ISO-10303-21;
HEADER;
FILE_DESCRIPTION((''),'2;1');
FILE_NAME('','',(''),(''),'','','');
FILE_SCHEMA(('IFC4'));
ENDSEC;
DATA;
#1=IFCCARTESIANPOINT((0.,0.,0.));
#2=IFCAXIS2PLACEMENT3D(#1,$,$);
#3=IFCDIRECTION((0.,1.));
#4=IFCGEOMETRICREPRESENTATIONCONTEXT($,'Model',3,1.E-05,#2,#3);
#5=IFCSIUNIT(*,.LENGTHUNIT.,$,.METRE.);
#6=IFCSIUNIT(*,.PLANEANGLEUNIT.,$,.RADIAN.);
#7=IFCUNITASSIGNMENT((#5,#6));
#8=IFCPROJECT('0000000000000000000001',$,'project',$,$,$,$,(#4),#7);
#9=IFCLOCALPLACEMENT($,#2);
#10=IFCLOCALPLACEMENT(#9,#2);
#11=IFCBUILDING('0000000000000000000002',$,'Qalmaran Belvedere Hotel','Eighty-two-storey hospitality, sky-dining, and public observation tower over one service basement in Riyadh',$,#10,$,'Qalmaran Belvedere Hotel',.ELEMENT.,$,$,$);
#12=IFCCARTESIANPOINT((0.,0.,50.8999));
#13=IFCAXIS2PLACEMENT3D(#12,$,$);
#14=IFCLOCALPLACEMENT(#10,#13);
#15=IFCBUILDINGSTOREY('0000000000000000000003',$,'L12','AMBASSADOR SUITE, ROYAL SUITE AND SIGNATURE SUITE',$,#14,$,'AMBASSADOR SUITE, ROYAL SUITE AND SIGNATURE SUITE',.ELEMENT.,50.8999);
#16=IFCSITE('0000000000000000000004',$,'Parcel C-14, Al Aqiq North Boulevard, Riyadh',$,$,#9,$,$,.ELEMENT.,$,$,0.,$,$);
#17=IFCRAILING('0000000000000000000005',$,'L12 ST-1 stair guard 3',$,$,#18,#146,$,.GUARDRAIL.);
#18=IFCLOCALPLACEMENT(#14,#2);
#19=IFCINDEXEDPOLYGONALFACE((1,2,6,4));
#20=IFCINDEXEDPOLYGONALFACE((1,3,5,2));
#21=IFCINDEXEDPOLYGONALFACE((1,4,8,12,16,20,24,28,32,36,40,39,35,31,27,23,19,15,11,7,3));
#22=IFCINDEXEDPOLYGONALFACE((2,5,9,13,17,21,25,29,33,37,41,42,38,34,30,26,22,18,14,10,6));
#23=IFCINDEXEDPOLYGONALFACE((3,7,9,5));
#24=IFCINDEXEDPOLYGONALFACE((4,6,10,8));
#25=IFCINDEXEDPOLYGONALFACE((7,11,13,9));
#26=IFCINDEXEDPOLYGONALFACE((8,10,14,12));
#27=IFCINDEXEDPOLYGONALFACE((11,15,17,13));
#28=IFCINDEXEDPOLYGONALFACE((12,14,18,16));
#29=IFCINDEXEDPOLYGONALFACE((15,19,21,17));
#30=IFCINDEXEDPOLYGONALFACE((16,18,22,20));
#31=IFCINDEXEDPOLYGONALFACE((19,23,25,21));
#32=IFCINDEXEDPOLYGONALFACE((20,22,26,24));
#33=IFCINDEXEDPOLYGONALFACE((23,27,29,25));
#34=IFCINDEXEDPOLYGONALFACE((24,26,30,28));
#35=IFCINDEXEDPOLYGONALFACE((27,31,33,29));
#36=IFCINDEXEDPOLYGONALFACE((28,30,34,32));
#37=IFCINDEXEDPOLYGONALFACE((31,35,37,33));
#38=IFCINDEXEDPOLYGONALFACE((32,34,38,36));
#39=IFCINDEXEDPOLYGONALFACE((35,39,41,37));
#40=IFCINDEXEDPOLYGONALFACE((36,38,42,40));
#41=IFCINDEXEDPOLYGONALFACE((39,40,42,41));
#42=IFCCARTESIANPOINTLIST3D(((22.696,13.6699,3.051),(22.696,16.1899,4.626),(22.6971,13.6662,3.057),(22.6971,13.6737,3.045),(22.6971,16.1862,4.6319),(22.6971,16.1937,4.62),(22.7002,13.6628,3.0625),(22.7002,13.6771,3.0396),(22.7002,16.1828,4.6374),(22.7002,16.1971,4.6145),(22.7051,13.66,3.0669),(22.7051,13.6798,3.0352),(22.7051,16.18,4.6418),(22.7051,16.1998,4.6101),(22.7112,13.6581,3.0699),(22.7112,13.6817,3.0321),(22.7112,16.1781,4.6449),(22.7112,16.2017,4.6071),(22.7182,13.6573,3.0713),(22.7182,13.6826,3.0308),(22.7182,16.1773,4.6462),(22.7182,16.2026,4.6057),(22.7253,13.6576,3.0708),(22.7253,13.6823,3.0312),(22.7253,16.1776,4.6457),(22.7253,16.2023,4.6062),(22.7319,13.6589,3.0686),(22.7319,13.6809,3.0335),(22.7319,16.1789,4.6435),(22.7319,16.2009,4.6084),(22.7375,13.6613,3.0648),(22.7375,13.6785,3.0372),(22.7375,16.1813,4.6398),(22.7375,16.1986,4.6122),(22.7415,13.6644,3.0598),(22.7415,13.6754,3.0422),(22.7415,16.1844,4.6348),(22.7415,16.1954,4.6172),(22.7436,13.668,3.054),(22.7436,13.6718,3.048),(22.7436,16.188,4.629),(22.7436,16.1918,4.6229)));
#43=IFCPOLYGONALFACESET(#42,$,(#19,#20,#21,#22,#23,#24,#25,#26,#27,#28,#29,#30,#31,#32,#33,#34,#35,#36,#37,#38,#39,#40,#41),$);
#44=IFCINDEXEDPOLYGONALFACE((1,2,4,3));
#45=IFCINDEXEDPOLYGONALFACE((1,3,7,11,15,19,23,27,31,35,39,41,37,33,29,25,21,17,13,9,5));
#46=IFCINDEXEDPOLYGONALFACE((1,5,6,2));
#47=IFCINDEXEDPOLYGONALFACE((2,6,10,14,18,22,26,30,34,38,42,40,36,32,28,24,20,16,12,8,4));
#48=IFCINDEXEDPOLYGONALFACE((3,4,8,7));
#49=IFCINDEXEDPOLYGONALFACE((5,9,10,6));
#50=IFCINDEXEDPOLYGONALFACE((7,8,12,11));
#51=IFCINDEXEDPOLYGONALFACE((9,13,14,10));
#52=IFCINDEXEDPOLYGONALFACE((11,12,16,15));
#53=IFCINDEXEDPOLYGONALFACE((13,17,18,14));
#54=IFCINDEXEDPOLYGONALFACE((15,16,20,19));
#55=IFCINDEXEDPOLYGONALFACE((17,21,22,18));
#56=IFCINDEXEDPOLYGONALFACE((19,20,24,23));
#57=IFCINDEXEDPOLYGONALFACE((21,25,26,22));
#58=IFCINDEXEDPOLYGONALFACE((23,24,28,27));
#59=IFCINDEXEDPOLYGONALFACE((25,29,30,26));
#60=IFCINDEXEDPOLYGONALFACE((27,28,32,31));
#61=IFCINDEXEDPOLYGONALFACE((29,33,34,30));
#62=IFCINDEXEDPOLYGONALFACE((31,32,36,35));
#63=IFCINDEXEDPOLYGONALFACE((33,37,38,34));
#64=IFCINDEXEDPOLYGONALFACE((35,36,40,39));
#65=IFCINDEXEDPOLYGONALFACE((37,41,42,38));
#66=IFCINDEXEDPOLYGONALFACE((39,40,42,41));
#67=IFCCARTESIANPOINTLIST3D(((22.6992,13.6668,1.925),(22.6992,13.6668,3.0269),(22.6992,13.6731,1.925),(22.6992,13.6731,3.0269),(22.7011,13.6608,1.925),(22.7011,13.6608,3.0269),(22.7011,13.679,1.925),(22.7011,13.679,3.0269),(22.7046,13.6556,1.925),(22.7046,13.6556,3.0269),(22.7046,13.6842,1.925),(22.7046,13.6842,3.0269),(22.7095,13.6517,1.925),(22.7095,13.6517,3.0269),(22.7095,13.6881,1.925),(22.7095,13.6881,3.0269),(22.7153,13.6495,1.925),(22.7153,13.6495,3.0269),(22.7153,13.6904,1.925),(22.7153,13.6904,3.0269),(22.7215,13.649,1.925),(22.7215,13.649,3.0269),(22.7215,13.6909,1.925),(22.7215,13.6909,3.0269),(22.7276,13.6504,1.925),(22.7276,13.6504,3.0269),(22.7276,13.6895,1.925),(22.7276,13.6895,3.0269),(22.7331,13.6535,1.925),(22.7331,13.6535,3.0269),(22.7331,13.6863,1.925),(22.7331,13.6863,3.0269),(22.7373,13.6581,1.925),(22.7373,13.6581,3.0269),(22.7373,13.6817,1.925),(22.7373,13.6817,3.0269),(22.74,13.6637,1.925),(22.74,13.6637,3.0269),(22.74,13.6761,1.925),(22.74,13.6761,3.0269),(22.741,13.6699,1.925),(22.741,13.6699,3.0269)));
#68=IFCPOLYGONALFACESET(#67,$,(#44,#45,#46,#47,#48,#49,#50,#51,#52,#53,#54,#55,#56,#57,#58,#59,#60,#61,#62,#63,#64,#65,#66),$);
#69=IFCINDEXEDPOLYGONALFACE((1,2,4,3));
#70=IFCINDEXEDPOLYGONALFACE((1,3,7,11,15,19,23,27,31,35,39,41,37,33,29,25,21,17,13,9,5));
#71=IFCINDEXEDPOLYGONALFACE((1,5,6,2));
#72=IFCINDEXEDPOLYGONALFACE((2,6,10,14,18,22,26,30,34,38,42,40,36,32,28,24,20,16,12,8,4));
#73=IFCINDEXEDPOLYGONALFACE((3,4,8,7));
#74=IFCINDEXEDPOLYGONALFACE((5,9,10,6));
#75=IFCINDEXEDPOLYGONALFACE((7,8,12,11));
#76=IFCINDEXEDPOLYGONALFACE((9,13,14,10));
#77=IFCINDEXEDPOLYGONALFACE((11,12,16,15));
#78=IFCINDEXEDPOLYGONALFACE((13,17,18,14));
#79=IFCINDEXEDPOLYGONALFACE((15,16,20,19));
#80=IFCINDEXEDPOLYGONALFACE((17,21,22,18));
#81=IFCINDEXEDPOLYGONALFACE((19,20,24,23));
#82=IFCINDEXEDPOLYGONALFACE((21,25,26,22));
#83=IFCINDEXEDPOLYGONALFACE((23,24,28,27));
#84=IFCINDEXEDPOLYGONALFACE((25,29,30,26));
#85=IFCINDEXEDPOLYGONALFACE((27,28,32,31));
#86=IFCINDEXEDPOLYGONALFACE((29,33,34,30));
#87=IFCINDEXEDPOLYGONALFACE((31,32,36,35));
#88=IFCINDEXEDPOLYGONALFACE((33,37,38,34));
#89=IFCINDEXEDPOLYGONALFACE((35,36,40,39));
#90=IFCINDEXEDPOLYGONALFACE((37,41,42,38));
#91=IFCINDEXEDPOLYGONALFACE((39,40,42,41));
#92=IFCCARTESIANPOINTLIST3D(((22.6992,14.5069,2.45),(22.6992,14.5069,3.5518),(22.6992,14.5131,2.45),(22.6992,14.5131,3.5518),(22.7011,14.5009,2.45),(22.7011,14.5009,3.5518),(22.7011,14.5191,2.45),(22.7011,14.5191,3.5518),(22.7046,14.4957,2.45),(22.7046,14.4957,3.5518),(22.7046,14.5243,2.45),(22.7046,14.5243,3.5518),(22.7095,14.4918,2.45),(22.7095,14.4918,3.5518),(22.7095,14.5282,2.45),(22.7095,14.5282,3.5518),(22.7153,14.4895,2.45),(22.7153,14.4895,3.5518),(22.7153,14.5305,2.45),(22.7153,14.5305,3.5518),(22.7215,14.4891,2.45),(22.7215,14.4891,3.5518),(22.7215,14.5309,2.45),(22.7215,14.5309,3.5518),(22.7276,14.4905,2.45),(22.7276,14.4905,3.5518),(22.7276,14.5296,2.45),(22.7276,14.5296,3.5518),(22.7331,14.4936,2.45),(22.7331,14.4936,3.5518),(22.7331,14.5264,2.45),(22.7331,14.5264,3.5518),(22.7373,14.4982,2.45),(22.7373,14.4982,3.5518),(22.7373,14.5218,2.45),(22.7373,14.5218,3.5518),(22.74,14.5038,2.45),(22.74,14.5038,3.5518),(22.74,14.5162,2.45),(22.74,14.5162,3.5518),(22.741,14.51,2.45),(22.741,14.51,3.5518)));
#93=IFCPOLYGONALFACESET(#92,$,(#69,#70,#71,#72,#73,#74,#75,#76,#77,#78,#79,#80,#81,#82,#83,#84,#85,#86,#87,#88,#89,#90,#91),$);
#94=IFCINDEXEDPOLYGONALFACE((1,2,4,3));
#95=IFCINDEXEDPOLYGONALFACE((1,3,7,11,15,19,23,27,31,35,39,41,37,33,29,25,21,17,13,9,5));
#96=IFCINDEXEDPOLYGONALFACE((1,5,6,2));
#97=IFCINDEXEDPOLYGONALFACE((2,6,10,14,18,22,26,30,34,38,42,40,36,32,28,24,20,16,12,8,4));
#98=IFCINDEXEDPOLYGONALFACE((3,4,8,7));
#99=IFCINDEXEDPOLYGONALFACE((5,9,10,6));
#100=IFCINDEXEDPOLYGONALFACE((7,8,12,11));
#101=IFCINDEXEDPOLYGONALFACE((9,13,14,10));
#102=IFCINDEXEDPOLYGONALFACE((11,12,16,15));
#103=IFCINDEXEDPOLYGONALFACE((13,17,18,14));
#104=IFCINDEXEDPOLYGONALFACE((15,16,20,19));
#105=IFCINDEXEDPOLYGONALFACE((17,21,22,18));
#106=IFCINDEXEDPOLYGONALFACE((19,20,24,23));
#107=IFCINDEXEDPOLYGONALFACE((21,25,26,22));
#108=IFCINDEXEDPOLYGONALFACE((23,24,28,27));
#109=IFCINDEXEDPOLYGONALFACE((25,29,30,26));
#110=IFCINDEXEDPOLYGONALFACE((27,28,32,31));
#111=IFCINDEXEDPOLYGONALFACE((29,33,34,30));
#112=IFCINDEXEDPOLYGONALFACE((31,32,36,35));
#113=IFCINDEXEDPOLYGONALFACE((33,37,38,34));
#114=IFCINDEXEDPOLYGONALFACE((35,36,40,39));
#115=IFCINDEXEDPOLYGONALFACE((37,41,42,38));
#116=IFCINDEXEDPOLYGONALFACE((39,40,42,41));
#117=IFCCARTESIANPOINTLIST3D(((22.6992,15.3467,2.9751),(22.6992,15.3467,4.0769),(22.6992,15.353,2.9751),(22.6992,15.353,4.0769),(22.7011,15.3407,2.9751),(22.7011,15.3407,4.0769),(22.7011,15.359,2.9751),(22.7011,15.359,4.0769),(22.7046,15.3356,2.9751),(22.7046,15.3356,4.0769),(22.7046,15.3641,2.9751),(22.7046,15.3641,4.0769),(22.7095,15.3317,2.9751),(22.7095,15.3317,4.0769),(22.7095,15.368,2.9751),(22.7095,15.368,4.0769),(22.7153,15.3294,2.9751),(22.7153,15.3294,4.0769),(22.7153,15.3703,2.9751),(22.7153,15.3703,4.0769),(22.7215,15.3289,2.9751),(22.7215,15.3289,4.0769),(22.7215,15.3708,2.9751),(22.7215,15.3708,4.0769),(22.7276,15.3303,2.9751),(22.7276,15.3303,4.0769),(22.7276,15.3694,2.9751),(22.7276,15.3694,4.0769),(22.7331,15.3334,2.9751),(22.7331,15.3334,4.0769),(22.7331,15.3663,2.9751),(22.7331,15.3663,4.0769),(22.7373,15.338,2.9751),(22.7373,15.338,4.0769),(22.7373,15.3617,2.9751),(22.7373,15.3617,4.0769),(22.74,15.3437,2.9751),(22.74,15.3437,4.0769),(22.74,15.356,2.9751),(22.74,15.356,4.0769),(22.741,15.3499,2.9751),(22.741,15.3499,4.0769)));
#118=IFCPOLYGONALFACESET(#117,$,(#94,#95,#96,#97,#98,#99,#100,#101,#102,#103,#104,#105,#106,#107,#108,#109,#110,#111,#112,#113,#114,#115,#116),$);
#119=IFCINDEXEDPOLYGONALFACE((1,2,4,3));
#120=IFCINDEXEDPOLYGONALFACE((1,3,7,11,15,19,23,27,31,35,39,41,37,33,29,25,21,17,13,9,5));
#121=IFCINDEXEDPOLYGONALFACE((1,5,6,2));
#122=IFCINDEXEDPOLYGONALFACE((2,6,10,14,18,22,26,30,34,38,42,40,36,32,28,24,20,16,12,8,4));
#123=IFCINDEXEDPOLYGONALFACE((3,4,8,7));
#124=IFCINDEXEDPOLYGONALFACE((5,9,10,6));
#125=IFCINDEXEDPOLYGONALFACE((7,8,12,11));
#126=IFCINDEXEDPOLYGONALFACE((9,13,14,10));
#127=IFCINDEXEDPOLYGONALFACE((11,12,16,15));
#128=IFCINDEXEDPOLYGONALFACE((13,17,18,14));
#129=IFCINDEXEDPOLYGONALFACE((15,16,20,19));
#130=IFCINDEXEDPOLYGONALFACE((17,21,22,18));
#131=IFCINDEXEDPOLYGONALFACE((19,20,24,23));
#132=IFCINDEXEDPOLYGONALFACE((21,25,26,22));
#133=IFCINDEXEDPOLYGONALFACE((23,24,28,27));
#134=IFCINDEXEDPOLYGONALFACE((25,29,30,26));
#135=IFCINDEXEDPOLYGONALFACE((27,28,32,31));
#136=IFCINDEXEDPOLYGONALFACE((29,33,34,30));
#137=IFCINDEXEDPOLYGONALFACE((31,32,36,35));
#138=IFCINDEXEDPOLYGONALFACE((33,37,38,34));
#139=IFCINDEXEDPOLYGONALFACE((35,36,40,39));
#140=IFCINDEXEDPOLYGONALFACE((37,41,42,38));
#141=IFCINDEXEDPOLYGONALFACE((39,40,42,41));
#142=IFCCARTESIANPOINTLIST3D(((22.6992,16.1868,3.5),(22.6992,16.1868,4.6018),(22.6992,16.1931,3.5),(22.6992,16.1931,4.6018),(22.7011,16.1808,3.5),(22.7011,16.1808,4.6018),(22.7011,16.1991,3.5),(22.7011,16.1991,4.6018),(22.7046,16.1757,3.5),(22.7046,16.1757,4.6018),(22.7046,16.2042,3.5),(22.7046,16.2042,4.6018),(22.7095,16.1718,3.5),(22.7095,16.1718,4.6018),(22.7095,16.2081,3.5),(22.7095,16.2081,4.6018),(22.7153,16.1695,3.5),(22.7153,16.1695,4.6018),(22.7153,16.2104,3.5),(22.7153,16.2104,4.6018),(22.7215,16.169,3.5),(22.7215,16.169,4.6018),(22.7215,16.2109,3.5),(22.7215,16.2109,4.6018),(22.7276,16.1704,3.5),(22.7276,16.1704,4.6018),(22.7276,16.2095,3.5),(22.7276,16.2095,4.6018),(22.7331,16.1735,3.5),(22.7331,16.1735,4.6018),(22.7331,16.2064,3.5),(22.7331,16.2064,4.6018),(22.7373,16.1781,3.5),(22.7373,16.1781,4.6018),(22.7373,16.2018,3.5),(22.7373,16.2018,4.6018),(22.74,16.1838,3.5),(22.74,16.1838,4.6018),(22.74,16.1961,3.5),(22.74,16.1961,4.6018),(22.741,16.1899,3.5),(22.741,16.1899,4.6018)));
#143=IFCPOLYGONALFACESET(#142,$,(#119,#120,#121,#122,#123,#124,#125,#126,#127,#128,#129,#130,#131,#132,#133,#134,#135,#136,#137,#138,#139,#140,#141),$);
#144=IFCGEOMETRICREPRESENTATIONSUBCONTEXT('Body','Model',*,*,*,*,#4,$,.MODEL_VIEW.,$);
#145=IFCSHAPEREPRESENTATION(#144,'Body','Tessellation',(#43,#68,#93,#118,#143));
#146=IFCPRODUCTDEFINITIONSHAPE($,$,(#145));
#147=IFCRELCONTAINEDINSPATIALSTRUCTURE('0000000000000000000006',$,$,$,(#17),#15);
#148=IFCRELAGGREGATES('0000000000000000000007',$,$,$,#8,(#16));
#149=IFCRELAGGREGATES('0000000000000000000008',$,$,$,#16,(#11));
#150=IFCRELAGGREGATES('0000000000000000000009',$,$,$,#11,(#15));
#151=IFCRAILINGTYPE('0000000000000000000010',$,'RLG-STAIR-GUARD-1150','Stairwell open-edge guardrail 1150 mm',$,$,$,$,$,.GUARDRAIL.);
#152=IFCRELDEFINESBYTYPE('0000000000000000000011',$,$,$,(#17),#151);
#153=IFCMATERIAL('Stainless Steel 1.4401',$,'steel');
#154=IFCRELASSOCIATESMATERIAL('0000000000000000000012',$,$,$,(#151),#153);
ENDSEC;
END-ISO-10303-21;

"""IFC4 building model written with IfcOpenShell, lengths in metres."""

from ifc_helpers import new_model, si_unit, direction, frame, origin, origin_2d, place, context, subcontext, project, spatial, circle, extrude, material, type_object, element, save


model = new_model("IFC4")

# Units and contexts
model_context = context("Model", 3, precision=1e-05, world=origin(), true_north=direction((0.0, 1.0)))
body_context = subcontext(model_context, "Body", "Model", "MODEL_VIEW")
ifc_project = project(units=[si_unit("LENGTHUNIT", "METRE"), si_unit("PLANEANGLEUNIT", "RADIAN")], contexts=[model_context])

# Site, building, storey
site_placement = place(None, origin())
site = spatial("IfcSite", under=ifc_project, at=site_placement, Name="Parcel C-14, Al Aqiq North Boulevard, Riyadh", CompositionType="ELEMENT", RefElevation=0.0)
building_placement = place(site_placement, origin())
building = spatial("IfcBuilding", under=site, at=building_placement, Name="Qalmaran Belvedere Hotel", Description="Eighty-two-storey hospitality, sky-dining, and public observation tower over one service basement in Riyadh", LongName="Qalmaran Belvedere Hotel", CompositionType="ELEMENT")
storey_placement = place(building_placement, frame((0.0, 0.0, 50.8999)))
storey = spatial("IfcBuildingStorey", under=building, at=storey_placement, Name="L12", Description="AMBASSADOR SUITE, ROYAL SUITE AND SIGNATURE SUITE", LongName="AMBASSADOR SUITE, ROYAL SUITE AND SIGNATURE SUITE", CompositionType="ELEMENT", Elevation=50.8999)

# Railing
ifc_material_1 = material(Name="Stainless Steel 1.4401", Category="steel")
railing_type_1 = type_object("IfcRailingType", Name="RLG-STAIR-GUARD-1150", Description="Stairwell open-edge guardrail 1150 mm", PredefinedType="GUARDRAIL", material=ifc_material_1)
railing_1_placement = place(storey_placement, frame((22.72, 13.6699, 1.925)))
element("IfcRailing", 1, at=railing_1_placement, inside=storey, type_object=railing_type_1, Name="L12 ST-1 stair guard 3", PredefinedType="GUARDRAIL", context=body_context, shape_type="SweptSolid", body=[
    extrude(circle(Radius=0.0239, at=origin_2d()), frame((0.0, 0.0, 1.126), z_axis=(0.0, 0.848008, 0.529984), x_axis=(-1.0, 0.0, 0.0)), (0.0, 0.0, 1.0), 2.9717),
    extrude(circle(Radius=0.021, at=origin_2d()), origin(), (0.0, 0.0, 1.0), 1.1018),
    extrude(circle(Radius=0.021, at=origin_2d()), frame((0.0, 0.8401, 0.5249)), (0.0, 0.0, 1.0), 1.1018),
    extrude(circle(Radius=0.021, at=origin_2d()), frame((0.0, 1.6799, 1.05)), (0.0, 0.0, 1.0), 1.1018),
    extrude(circle(Radius=0.021, at=origin_2d()), frame((0.0, 2.52, 1.575)), (0.0, 0.0, 1.0), 1.1018),
])

save(model, "model.ifc")
